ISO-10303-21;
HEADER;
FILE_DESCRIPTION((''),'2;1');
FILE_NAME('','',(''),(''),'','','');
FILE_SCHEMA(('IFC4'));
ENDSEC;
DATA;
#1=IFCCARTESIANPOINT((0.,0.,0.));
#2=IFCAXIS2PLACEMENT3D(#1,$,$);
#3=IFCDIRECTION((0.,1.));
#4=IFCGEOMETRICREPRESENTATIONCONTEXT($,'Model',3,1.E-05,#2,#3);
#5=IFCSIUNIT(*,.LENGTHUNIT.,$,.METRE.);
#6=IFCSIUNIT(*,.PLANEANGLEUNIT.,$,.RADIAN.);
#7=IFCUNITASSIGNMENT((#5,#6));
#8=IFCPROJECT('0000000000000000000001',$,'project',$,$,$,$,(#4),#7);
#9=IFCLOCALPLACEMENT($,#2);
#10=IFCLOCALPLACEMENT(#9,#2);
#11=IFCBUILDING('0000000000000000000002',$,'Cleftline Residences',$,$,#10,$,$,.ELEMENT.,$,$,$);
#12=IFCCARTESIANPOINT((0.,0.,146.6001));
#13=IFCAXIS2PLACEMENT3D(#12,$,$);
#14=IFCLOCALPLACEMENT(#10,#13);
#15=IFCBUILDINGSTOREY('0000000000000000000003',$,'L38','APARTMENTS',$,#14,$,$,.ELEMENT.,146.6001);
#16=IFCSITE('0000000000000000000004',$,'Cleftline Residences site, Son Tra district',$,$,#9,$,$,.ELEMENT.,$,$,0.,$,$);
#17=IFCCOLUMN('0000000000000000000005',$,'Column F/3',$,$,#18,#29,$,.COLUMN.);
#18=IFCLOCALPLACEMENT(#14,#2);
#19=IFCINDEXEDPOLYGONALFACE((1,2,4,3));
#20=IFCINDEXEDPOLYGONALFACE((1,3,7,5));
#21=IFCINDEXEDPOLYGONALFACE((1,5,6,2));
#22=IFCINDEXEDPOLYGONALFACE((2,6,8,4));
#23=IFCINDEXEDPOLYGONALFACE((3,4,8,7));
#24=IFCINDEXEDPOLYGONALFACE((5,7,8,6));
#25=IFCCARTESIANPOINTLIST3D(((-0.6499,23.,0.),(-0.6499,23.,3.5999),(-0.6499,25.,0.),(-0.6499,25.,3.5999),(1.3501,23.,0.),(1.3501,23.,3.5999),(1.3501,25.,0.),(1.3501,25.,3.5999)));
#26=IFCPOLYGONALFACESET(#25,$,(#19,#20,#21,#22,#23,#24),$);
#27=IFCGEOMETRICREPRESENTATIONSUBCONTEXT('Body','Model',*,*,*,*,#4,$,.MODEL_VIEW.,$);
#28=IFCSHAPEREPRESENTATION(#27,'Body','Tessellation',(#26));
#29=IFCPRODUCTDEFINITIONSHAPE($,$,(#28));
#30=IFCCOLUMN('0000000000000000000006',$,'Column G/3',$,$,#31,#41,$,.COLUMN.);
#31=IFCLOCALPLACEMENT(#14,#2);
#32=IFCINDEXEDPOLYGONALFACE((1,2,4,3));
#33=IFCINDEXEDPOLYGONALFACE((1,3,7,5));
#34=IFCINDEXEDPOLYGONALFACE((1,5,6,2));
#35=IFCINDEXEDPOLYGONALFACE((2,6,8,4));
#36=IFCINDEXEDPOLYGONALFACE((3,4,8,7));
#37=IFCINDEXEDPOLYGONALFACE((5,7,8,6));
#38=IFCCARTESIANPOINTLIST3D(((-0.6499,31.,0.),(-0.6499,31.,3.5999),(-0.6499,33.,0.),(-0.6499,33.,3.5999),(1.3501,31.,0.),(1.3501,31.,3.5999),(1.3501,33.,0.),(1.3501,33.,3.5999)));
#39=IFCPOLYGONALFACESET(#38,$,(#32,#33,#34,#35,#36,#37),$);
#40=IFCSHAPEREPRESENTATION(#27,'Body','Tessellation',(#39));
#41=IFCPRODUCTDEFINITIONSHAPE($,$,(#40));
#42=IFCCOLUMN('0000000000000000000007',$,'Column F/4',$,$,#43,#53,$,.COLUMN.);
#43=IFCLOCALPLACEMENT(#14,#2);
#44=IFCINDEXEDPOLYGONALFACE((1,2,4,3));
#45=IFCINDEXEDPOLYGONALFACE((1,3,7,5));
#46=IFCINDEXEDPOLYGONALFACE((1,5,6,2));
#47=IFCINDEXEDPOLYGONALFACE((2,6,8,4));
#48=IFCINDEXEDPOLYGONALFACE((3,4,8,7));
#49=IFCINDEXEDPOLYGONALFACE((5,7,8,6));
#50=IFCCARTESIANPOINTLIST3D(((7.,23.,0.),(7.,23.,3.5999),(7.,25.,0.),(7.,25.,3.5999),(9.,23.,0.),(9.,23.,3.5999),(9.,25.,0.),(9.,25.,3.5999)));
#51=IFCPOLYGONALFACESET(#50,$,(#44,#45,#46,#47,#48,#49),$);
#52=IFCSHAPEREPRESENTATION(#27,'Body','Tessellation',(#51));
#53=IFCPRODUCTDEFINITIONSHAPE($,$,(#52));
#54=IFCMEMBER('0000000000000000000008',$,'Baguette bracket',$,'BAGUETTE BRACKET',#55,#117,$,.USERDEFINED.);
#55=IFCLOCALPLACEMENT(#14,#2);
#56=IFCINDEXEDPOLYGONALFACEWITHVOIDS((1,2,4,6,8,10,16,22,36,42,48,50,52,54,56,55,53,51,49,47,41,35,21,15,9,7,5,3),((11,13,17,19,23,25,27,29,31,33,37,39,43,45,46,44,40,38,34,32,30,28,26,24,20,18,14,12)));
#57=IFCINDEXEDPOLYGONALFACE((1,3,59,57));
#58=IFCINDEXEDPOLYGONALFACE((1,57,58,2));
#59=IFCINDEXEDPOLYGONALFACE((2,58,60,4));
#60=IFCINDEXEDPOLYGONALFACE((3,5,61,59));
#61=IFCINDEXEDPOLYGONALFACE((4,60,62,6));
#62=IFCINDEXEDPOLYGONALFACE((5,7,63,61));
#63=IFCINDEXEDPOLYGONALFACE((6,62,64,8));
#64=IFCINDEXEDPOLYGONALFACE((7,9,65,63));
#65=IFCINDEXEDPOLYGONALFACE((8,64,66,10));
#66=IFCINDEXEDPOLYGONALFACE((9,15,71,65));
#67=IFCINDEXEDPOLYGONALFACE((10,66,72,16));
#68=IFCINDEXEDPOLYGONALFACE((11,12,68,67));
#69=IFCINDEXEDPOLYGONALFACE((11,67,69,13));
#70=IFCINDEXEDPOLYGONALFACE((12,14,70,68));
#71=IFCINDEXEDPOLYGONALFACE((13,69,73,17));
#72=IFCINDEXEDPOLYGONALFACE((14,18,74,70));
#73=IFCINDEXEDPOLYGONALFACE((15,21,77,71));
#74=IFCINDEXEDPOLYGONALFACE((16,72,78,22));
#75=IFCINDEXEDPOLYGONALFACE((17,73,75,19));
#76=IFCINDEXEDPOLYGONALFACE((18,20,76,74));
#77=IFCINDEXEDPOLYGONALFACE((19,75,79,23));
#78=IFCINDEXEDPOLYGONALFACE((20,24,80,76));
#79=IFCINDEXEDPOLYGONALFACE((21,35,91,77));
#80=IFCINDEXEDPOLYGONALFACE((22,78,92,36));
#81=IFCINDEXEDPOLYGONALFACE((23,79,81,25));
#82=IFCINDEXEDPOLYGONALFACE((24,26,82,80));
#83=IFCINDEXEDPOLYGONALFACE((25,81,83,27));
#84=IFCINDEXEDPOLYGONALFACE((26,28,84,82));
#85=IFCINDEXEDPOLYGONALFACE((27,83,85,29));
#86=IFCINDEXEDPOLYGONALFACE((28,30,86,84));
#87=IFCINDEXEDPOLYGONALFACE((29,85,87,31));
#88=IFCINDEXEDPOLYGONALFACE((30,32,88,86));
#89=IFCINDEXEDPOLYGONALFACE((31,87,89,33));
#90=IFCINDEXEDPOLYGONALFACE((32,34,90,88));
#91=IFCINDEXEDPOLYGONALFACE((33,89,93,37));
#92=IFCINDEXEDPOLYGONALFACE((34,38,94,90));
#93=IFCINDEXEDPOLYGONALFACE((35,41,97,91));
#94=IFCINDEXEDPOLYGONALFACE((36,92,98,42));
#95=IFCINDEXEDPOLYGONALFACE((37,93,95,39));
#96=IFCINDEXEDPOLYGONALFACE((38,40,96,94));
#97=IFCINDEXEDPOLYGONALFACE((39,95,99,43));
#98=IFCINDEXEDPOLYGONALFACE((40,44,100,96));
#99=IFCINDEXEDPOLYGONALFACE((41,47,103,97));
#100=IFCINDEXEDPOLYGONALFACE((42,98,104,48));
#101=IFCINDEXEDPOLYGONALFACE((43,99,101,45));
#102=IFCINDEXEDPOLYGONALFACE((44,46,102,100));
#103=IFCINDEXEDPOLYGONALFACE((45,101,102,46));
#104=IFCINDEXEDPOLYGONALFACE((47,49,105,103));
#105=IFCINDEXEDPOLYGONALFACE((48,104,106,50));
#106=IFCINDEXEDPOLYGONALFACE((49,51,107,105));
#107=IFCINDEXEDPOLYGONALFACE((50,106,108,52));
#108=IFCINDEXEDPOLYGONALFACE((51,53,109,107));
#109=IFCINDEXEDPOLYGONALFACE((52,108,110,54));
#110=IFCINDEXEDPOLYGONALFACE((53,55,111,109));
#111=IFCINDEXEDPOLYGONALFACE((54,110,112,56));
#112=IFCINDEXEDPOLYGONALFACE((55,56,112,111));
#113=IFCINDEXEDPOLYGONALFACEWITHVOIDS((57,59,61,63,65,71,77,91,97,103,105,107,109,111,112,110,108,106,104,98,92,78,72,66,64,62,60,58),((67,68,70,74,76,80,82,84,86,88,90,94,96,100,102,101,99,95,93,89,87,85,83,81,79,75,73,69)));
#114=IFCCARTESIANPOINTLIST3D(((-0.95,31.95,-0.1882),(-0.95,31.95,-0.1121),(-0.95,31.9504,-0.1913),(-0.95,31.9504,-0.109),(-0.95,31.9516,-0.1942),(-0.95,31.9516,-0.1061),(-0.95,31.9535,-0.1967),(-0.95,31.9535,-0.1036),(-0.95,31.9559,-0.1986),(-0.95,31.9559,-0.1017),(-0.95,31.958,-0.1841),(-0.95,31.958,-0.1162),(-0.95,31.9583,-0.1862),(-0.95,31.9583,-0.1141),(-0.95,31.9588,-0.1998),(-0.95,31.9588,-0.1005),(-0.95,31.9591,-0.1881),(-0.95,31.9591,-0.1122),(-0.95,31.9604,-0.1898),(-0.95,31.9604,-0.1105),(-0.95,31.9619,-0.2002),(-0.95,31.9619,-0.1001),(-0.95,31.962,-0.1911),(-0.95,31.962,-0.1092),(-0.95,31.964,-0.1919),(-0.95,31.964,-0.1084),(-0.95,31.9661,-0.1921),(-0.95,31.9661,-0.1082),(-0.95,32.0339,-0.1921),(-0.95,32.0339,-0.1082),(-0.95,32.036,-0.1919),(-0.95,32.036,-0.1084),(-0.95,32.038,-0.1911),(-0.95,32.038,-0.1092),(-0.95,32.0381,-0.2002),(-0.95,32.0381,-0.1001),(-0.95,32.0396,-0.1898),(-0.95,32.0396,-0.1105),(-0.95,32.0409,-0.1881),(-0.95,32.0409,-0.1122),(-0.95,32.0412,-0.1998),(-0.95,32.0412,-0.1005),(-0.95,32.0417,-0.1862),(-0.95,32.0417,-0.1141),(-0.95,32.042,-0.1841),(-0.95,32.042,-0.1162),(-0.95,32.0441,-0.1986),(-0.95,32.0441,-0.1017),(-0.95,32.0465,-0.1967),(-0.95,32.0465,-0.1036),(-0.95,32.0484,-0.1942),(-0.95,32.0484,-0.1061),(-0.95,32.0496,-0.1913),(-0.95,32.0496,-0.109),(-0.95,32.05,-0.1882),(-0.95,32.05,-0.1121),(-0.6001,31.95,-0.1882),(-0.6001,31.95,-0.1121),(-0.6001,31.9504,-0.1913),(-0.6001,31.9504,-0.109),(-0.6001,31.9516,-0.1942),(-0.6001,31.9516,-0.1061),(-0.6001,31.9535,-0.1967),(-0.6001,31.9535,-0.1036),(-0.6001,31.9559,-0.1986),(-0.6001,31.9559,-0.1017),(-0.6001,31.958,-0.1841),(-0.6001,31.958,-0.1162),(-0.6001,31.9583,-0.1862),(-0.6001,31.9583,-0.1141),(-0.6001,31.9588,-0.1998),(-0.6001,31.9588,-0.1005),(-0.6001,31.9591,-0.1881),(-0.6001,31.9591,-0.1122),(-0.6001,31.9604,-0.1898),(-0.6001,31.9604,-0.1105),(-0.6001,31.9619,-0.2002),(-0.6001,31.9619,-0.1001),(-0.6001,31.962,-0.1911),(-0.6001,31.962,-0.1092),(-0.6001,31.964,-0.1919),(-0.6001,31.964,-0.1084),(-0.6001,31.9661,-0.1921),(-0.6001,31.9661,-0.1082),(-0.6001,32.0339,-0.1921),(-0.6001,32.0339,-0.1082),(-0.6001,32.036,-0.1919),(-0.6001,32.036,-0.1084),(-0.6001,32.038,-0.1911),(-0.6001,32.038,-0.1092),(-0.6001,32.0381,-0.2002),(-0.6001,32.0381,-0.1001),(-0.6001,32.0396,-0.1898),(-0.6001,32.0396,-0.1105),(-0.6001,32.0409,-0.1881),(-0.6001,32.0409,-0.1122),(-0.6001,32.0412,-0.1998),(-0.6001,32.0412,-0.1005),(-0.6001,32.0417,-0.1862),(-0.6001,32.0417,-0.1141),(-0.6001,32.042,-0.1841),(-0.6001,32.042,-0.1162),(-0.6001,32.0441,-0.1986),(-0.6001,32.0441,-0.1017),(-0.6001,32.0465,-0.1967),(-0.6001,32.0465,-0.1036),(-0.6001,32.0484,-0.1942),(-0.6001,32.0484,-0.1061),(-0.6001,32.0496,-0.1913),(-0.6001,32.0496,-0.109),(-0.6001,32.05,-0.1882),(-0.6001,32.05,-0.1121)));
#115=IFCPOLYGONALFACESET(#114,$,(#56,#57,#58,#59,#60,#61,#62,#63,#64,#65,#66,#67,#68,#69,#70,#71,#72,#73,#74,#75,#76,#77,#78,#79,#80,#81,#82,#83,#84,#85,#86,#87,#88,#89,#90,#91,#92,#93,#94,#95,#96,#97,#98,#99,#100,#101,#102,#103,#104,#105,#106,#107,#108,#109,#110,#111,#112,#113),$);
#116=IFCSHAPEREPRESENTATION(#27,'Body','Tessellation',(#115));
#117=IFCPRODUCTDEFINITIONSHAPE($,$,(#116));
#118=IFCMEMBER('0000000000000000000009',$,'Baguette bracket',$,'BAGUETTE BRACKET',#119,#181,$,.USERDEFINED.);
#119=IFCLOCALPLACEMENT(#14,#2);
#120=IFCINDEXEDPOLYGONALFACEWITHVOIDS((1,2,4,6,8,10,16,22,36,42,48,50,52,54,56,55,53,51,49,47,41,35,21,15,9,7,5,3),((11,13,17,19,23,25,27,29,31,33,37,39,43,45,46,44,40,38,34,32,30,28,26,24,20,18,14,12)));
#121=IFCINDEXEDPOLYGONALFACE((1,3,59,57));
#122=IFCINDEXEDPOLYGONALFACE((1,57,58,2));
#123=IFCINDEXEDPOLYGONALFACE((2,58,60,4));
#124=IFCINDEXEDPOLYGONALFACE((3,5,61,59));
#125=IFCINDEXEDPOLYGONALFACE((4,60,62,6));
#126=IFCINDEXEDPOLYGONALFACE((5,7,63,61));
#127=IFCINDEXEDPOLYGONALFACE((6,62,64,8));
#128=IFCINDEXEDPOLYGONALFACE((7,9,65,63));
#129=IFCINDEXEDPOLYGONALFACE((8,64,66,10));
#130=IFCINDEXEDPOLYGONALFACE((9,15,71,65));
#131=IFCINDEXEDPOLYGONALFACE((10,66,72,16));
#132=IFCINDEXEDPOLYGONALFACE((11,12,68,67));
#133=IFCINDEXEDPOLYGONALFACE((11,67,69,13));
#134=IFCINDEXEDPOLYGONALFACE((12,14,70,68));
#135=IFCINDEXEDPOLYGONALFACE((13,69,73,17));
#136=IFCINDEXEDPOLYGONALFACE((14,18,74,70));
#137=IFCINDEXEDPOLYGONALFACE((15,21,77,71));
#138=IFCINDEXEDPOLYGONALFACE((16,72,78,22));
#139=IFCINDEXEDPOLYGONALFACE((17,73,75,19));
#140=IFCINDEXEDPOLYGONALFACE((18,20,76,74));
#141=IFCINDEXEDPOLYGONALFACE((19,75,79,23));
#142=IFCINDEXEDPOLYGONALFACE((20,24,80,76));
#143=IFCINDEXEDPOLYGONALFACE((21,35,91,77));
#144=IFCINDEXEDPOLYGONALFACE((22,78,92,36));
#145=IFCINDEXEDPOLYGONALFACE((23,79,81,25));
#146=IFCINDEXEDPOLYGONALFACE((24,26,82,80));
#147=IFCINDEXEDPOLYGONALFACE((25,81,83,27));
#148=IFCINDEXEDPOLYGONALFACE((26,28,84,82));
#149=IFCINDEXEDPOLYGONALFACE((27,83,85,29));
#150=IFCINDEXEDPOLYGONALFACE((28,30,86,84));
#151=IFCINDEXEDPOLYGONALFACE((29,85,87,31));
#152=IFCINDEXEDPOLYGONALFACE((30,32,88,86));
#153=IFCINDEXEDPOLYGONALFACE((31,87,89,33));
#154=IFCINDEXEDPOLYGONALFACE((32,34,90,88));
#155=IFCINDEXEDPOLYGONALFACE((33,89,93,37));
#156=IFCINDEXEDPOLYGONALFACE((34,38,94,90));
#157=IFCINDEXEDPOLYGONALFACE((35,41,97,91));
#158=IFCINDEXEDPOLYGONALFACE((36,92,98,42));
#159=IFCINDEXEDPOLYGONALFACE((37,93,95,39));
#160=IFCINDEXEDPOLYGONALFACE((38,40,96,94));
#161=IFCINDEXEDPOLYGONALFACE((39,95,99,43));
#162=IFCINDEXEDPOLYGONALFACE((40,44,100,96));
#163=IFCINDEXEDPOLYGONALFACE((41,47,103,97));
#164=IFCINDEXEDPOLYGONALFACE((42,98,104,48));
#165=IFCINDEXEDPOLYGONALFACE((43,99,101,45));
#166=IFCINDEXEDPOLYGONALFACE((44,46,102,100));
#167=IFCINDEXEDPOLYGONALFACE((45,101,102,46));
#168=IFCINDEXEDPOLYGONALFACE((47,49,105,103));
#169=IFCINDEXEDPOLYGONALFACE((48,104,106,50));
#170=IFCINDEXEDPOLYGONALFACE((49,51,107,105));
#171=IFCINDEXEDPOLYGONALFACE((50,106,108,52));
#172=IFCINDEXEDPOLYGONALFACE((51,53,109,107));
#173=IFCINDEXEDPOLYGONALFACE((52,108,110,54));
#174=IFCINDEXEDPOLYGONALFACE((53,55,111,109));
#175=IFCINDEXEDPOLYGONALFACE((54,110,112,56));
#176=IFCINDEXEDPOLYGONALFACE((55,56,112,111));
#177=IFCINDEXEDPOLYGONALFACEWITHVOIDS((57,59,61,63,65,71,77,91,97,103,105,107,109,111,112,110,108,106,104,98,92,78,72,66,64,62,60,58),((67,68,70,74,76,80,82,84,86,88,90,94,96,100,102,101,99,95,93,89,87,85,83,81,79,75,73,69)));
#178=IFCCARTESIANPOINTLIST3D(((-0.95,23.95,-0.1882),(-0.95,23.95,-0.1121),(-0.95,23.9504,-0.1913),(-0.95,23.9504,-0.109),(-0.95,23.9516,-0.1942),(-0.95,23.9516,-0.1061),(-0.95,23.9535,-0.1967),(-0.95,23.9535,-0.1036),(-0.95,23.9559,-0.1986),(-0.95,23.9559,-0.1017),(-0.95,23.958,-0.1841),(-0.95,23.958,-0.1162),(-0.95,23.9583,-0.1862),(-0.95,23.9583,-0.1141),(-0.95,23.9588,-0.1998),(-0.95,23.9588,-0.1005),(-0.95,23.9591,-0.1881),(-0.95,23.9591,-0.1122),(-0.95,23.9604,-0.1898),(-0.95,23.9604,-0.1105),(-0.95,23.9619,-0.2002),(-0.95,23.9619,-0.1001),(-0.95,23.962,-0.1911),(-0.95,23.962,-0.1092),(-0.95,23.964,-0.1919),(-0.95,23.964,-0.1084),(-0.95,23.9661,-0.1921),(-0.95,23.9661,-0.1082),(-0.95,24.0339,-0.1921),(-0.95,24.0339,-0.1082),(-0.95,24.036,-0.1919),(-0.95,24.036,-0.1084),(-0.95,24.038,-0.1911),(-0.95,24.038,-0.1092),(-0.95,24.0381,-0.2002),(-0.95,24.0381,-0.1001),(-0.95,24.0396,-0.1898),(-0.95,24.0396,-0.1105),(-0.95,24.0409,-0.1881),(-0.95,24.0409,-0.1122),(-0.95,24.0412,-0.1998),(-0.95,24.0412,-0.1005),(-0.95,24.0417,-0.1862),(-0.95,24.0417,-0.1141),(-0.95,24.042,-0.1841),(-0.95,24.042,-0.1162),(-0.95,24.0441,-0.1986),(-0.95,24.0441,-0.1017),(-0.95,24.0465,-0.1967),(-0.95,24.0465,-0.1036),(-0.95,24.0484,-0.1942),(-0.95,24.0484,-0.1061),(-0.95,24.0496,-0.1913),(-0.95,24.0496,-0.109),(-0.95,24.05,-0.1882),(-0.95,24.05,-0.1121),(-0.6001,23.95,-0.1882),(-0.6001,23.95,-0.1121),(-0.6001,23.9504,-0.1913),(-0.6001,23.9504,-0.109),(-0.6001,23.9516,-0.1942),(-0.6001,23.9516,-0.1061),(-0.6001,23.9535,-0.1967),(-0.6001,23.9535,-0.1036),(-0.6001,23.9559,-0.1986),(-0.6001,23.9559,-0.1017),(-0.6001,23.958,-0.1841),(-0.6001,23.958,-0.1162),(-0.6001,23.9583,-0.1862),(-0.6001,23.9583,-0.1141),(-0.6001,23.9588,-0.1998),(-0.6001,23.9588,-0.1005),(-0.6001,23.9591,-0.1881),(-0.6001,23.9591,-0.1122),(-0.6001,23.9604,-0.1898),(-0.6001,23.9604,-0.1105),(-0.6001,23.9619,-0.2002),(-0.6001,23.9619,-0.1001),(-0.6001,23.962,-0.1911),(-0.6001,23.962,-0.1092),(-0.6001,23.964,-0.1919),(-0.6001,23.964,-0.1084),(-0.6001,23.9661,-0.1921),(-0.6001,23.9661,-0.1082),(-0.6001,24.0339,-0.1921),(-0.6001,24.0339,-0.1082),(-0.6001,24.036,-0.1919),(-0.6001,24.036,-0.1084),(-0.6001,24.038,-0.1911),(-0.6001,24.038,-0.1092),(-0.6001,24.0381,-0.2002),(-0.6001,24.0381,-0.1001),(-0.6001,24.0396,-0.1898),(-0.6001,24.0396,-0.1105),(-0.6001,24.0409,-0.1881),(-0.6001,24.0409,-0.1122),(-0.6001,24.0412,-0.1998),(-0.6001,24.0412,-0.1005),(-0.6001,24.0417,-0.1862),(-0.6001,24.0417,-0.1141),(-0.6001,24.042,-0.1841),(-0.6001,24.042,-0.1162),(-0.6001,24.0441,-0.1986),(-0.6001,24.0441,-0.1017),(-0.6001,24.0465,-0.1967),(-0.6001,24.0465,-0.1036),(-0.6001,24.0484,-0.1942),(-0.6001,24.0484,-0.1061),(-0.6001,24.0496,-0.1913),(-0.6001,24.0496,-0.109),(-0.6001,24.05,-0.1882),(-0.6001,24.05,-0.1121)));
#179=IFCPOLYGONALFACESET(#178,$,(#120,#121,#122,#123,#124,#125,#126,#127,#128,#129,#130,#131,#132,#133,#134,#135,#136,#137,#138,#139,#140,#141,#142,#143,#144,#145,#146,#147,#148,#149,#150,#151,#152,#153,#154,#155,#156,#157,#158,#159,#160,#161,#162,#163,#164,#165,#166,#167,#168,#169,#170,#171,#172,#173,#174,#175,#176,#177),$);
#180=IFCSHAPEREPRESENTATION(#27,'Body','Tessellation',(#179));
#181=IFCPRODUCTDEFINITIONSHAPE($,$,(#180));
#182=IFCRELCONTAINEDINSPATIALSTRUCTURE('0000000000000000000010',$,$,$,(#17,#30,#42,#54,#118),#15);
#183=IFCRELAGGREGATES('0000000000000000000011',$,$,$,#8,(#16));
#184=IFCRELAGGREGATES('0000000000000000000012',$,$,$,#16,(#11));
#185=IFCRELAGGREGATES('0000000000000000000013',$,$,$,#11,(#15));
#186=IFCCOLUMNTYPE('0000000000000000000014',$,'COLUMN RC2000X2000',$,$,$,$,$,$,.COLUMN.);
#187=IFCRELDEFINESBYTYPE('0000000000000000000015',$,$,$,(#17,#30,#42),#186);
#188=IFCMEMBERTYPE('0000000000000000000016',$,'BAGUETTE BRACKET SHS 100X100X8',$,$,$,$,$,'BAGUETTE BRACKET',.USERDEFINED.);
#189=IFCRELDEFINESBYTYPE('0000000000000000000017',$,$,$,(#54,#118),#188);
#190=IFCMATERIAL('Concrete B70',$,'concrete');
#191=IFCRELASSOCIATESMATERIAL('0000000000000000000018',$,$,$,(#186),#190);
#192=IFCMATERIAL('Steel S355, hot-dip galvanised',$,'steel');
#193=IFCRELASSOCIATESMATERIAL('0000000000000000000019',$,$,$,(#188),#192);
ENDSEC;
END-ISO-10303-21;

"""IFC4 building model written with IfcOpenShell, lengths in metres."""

from ifc_helpers import new_model, si_unit, direction, frame, origin, origin_2d, place, context, subcontext, project, spatial, rectangle, hollow_rectangle, extrude, material, material_profile, profile_set, type_object, element, save


model = new_model("IFC4")

# Units and contexts
model_context = context("Model", 3, precision=1e-05, world=origin(), true_north=direction((0.0, 1.0)))
body_context = subcontext(model_context, "Body", "Model", "MODEL_VIEW")
ifc_project = project(units=[si_unit("LENGTHUNIT", "METRE"), si_unit("PLANEANGLEUNIT", "RADIAN")], contexts=[model_context])

# Site, building, storey
site_placement = place(None, origin())
site = spatial("IfcSite", under=ifc_project, at=site_placement, Name="Cleftline Residences site, Son Tra district", CompositionType="ELEMENT", RefElevation=0.0)
building_placement = place(site_placement, origin())
building = spatial("IfcBuilding", under=site, at=building_placement, Name="Cleftline Residences", CompositionType="ELEMENT")
storey_placement = place(building_placement, frame((0.0, 0.0, 146.6001)))
storey = spatial("IfcBuildingStorey", under=building, at=storey_placement, Name="L38", Description="APARTMENTS", CompositionType="ELEMENT", Elevation=146.6001)

# Columns
ifc_material_1 = material(Name="Concrete B70", Category="concrete")
ifc_material_profile_1 = material_profile(ifc_material_1, rectangle(XDim=2.0, YDim=2.0, at=origin_2d()))
ifc_profile_set_1 = profile_set([ifc_material_profile_1], Name="Concrete B70")
column_type = type_object("IfcColumnType", Name="COLUMN RC2000X2000", PredefinedType="COLUMN", material=ifc_profile_set_1)
for number, where, z_axis, x_axis, name in (
    (1, (0.3501, 24.0, 0.0), (0.0, 0.0, 1.0), (1.0, 0.0, 0.0), "Column F/3"),
    (2, (0.3501, 32.0, 0.0), (0.0, 0.0, 1.0), (1.0, 0.0, 0.0), "Column G/3"),
    (3, (8.0, 24.0, 0.0), (0.0, 0.0, 1.0), (1.0, 0.0, 0.0), "Column F/4"),
):
    element("IfcColumn", number, at=place(storey_placement, frame(where, z_axis=z_axis, x_axis=x_axis)), inside=storey, type_object=column_type, Name=name, PredefinedType="COLUMN", context=body_context, shape_type="SweptSolid", body=[
        extrude(rectangle(XDim=2.0, YDim=2.0, at=origin_2d()), origin(), (0.0, 0.0, 1.0), 3.5999),
    ])

# Members
ifc_material_2 = material(Name="Steel S355, hot-dip galvanised", Category="steel")
ifc_material_profile_2 = material_profile(ifc_material_2, hollow_rectangle(XDim=0.1001, YDim=0.1001, WallThickness=0.0081, InnerFilletRadius=0.0081, OuterFilletRadius=0.012, at=origin_2d()))
ifc_profile_set_2 = profile_set([ifc_material_profile_2], Name="Steel S355, hot-dip galvanised")
member_type_1 = type_object("IfcMemberType", Name="BAGUETTE BRACKET SHS 100X100X8", ElementType="BAGUETTE BRACKET", PredefinedType="USERDEFINED", material=ifc_profile_set_2)
for number, where, z_axis, x_axis, name in (
    (4, (-0.6001, 32.0, -0.1501), (-1.0, 0.0, 0.0), (0.0, -1.0, 0.0), "Baguette bracket"),
    (5, (-0.6001, 24.0, -0.1501), (-1.0, 0.0, 0.0), (0.0, -1.0, 0.0), "Baguette bracket"),
):
    element("IfcMember", number, at=place(storey_placement, frame(where, z_axis=z_axis, x_axis=x_axis)), inside=storey, type_object=member_type_1, Name=name, ObjectType="BAGUETTE BRACKET", PredefinedType="USERDEFINED", context=body_context, shape_type="SweptSolid", body=[
        extrude(hollow_rectangle(XDim=0.1001, YDim=0.1001, WallThickness=0.0081, InnerFilletRadius=0.0081, OuterFilletRadius=0.012, at=origin_2d()), origin(), (0.0, 0.0, 1.0), 0.3499),
    ])

save(model, "model.ifc")
